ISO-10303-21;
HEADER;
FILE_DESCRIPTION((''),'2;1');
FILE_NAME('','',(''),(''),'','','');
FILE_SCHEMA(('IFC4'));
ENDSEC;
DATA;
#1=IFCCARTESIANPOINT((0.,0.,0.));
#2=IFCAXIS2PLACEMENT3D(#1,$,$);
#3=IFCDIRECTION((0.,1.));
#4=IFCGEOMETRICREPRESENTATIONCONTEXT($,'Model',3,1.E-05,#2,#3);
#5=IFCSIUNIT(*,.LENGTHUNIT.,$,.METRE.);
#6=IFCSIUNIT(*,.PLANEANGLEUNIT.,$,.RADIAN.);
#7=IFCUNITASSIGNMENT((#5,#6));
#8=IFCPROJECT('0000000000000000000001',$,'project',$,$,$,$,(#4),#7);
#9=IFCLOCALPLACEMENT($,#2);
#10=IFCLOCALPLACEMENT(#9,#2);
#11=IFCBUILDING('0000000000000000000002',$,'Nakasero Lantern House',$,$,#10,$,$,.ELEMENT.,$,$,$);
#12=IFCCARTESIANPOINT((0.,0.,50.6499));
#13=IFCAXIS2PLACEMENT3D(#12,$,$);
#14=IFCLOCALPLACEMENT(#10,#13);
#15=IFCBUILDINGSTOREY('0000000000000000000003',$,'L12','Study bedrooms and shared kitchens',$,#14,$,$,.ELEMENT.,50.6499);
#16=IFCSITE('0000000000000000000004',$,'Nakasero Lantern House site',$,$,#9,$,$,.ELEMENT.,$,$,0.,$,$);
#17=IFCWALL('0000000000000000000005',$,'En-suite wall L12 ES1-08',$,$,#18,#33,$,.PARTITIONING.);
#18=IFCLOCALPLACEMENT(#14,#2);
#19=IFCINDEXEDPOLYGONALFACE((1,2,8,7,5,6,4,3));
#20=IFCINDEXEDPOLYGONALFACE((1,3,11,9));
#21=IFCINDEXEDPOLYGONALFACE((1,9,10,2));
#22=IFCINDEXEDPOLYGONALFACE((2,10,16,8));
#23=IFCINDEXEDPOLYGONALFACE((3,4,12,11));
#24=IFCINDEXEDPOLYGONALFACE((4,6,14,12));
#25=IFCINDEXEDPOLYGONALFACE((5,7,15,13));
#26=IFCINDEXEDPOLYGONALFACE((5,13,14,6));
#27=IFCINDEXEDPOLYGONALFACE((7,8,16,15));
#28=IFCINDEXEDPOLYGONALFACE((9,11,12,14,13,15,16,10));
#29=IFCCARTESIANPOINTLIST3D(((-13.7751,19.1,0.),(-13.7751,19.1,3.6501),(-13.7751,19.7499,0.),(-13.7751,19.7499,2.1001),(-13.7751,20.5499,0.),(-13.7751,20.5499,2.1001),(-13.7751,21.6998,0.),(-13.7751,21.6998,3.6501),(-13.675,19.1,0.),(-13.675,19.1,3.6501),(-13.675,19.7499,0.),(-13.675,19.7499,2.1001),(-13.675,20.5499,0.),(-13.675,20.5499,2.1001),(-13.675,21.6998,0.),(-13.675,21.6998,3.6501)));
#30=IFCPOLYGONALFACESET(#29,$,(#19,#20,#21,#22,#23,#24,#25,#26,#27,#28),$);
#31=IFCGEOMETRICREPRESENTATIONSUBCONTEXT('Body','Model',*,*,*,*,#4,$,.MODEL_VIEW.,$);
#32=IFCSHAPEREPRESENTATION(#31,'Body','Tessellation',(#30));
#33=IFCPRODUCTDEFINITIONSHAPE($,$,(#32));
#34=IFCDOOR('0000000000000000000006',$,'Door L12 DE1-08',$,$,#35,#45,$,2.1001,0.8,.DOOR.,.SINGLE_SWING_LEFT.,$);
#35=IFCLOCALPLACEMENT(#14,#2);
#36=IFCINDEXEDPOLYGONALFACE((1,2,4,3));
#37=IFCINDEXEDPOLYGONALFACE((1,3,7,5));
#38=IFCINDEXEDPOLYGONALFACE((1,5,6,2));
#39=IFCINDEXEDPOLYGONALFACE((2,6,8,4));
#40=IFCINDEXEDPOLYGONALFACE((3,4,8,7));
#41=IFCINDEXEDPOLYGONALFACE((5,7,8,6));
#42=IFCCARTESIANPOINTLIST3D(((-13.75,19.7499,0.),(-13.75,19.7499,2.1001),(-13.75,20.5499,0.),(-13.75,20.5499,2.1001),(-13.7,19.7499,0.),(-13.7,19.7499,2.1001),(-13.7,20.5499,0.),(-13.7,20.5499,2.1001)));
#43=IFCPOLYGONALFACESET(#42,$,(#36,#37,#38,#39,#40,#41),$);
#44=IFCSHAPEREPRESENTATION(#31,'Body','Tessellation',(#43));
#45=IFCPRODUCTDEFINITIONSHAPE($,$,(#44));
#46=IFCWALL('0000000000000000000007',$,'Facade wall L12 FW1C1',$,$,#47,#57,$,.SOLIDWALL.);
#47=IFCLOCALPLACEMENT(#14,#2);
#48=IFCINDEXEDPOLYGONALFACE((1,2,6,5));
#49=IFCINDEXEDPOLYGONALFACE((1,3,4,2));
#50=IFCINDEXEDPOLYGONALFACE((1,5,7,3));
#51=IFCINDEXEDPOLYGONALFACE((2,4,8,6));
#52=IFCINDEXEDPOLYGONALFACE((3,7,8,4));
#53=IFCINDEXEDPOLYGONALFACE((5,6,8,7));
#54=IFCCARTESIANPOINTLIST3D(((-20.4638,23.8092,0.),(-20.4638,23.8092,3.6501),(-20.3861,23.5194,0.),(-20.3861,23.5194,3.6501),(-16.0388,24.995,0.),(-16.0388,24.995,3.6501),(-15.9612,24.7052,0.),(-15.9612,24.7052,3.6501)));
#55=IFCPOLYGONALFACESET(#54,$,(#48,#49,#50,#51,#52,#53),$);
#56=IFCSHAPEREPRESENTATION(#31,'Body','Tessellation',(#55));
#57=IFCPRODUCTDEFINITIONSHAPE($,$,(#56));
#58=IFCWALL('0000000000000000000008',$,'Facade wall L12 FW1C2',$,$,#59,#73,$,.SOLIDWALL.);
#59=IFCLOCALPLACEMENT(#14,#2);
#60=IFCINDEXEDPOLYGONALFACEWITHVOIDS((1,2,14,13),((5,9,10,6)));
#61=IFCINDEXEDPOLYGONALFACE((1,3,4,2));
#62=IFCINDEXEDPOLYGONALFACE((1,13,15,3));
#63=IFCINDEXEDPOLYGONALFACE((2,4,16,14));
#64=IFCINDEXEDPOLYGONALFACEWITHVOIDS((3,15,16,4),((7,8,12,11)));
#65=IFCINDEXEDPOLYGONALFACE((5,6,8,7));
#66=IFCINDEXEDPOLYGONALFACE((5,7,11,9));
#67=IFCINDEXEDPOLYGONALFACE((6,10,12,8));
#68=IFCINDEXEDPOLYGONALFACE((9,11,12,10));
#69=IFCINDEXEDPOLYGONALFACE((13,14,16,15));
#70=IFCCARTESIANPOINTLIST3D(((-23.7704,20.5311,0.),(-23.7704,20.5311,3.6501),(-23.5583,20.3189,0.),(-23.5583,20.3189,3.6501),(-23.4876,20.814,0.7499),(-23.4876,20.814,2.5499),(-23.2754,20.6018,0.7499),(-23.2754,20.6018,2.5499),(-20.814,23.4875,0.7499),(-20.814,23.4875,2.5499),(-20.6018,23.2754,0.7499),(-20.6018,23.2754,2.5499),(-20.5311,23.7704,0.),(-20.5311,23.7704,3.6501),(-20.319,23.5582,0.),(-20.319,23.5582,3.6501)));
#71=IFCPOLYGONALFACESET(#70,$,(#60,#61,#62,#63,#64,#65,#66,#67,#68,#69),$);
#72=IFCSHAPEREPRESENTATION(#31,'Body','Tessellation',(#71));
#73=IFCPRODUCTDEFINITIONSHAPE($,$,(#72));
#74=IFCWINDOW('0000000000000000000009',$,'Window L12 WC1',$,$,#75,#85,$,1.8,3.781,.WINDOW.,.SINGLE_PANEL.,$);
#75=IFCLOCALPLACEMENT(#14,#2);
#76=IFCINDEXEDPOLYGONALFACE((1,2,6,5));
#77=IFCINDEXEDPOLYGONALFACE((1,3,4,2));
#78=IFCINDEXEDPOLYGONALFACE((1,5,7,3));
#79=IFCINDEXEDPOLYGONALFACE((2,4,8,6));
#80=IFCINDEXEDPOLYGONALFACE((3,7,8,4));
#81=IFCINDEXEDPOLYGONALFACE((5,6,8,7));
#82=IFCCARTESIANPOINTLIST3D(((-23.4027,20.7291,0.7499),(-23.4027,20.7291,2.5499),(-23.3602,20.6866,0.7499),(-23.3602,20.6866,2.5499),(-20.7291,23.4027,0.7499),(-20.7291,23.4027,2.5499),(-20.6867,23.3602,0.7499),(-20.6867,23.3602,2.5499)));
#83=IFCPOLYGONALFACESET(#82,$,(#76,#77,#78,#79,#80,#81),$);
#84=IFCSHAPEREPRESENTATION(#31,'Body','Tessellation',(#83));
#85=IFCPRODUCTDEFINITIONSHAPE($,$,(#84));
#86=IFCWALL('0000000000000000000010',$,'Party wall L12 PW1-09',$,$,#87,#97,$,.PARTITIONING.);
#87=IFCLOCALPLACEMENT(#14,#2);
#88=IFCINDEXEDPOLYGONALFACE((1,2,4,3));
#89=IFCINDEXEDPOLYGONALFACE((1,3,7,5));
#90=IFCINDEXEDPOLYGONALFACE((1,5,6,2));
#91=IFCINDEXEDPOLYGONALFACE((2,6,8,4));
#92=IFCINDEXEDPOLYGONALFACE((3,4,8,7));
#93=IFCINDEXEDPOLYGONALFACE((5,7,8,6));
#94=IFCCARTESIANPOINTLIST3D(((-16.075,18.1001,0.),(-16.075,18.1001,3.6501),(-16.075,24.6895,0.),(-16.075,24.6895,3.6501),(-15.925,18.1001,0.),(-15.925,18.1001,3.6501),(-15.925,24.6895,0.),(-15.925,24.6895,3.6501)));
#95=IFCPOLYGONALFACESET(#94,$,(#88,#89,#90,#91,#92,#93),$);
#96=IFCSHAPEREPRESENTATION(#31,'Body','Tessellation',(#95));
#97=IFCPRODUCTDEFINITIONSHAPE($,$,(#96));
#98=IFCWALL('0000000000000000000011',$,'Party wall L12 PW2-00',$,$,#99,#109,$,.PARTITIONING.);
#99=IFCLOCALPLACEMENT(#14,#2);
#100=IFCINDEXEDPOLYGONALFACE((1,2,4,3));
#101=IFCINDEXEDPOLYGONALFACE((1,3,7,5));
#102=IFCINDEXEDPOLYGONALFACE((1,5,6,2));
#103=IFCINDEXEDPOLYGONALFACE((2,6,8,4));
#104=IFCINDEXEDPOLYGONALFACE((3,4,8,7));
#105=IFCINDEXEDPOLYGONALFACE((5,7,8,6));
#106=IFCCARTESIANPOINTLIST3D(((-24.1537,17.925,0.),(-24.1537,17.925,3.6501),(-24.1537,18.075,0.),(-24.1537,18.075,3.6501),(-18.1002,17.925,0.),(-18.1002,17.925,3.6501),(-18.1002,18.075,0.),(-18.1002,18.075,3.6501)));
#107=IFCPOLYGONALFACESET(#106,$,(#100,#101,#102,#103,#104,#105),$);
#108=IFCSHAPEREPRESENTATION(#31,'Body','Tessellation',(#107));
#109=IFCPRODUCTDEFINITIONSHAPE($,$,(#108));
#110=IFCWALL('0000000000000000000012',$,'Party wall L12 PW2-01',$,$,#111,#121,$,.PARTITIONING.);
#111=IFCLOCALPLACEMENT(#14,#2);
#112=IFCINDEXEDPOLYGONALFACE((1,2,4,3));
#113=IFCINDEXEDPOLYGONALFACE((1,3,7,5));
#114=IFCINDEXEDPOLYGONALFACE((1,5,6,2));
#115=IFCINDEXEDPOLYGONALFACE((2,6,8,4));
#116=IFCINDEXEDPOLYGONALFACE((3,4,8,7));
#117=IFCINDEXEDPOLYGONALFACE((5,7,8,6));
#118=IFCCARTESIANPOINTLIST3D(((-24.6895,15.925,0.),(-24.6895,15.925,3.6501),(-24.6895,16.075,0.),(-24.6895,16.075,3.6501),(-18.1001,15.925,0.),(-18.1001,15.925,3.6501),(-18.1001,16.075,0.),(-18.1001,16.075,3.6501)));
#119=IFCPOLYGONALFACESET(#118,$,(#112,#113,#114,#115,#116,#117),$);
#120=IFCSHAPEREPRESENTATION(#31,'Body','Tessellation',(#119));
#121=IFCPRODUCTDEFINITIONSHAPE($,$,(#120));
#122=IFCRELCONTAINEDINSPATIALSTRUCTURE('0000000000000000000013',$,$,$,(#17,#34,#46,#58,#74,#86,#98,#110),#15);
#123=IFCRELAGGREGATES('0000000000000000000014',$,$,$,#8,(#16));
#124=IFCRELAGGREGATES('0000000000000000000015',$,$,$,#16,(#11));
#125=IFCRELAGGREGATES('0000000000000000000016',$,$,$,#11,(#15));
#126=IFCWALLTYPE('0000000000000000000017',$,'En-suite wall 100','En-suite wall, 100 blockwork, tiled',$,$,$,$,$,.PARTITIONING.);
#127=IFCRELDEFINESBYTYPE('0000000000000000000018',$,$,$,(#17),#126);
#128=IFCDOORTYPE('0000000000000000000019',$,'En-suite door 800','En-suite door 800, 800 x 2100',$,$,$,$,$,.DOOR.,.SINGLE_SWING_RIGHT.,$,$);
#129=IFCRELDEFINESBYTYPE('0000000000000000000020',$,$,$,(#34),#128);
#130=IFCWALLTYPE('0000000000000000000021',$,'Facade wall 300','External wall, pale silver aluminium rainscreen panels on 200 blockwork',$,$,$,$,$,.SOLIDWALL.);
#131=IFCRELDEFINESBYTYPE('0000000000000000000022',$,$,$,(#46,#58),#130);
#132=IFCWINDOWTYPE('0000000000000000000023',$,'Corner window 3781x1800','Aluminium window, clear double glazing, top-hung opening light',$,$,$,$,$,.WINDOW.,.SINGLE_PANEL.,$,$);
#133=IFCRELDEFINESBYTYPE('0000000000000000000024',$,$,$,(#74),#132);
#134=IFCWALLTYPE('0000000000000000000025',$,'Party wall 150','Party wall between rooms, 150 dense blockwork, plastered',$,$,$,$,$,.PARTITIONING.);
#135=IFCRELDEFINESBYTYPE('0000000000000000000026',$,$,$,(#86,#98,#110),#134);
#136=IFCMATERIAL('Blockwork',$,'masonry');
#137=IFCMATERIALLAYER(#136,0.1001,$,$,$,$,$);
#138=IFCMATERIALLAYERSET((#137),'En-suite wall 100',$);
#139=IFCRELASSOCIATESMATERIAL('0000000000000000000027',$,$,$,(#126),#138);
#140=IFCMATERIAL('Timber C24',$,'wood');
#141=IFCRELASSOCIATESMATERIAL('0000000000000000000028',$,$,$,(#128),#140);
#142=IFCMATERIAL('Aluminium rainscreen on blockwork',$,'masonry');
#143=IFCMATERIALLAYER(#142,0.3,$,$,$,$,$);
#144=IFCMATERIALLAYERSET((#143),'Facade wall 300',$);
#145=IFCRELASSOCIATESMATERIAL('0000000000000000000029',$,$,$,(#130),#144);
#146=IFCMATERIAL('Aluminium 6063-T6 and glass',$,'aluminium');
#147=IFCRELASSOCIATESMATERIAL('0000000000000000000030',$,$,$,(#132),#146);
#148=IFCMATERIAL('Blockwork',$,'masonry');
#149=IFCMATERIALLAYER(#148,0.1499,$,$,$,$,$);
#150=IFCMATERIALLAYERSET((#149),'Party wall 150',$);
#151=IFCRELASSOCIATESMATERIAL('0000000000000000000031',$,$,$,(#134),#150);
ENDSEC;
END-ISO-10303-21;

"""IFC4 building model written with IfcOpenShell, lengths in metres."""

from ifc_helpers import new_model, si_unit, direction, frame, frame_2d, origin, place, context, subcontext, project, spatial, rectangle, extrude, material, layer, layer_set, type_object, element, fill, save


model = new_model("IFC4")

# Units and contexts
model_context = context("Model", 3, precision=1e-05, world=origin(), true_north=direction((0.0, 1.0)))
body_context = subcontext(model_context, "Body", "Model", "MODEL_VIEW")
ifc_project = project(units=[si_unit("LENGTHUNIT", "METRE"), si_unit("PLANEANGLEUNIT", "RADIAN")], contexts=[model_context])

# Site, building, storey
site_placement = place(None, origin())
site = spatial("IfcSite", under=ifc_project, at=site_placement, Name="Nakasero Lantern House site", CompositionType="ELEMENT", RefElevation=0.0)
building_placement = place(site_placement, origin())
building = spatial("IfcBuilding", under=site, at=building_placement, Name="Nakasero Lantern House", CompositionType="ELEMENT")
storey_placement = place(building_placement, frame((0.0, 0.0, 50.6499)))
storey = spatial("IfcBuildingStorey", under=building, at=storey_placement, Name="L12", Description="Study bedrooms and shared kitchens", CompositionType="ELEMENT", Elevation=50.6499)

# Wall, opening, door
ifc_material_1 = material(Name="Blockwork", Category="masonry")
ifc_layer_1 = layer(ifc_material_1, 0.1001)
ifc_layer_set_1 = layer_set([ifc_layer_1], Name="En-suite wall 100")
wall_type_1 = type_object("IfcWallType", Name="En-suite wall 100", Description="En-suite wall, 100 blockwork, tiled", PredefinedType="PARTITIONING", material=ifc_layer_set_1)
wall_1_placement = place(storey_placement, frame((-13.7251, 19.1001, 0.0), z_axis=(0.0, 0.0, 1.0), x_axis=(0.0, 1.0, 0.0)))
wall_1 = element("IfcWall", 1, at=wall_1_placement, inside=storey, type_object=wall_type_1, Name="En-suite wall L12 ES1-08", PredefinedType="PARTITIONING", context=body_context, shape_type="SweptSolid", body=[
    extrude(rectangle(XDim=2.5999, YDim=0.1001, at=frame_2d((1.2998, 0.0))), origin(), (0.0, 0.0, 1.0), 3.6501),
])
opening_1_placement = place(wall_1_placement, frame((0.6499, 0.0, 0.0)))
opening_1 = element("IfcOpeningElement", 2, at=opening_1_placement, cuts=wall_1, PredefinedType="OPENING", context=body_context, shape_type="SweptSolid", body=[
    extrude(rectangle(XDim=0.8, YDim=2.1001, at=frame_2d((0.3999, 1.05))), frame((0.0, 0.0701, 0.0), z_axis=(0.0, -1.0, 0.0), x_axis=(1.0, 0.0, 0.0)), (0.0, 0.0, 1.0), 0.1401),
])
ifc_material_2 = material(Name="Timber C24", Category="wood")
door_type_1 = type_object("IfcDoorType", Name="En-suite door 800", Description="En-suite door 800, 800 x 2100", OperationType="SINGLE_SWING_RIGHT", PredefinedType="DOOR", material=ifc_material_2)
door_1_placement = place(opening_1_placement, origin())
door_1 = element("IfcDoor", 3, at=door_1_placement, inside=storey, type_object=door_type_1, Name="Door L12 DE1-08", OperationType="SINGLE_SWING_LEFT", OverallHeight=2.1001, OverallWidth=0.8, PredefinedType="DOOR", context=body_context, shape_type="SweptSolid", body=[
    extrude(rectangle(XDim=0.8, YDim=2.1001, at=frame_2d((0.3999, 1.05))), frame((0.0, 0.0249, 0.0), z_axis=(0.0, -1.0, 0.0), x_axis=(1.0, 0.0, 0.0)), (0.0, 0.0, 1.0), 0.05),
])
fill(opening_1, door_1)

# Wall
ifc_material_3 = material(Name="Aluminium rainscreen on blockwork", Category="masonry")
ifc_layer_2 = layer(ifc_material_3, 0.3)
ifc_layer_set_2 = layer_set([ifc_layer_2], Name="Facade wall 300")
wall_type_2 = type_object("IfcWallType", Name="Facade wall 300", Description="External wall, pale silver aluminium rainscreen panels on 200 blockwork", PredefinedType="SOLIDWALL", material=ifc_layer_set_2)
wall_2_placement = place(storey_placement, frame((-16.0, 24.8501, 0.0), z_axis=(0.0, 0.0, 1.0), x_axis=(-0.96592, -0.25884, 0.0)))
element("IfcWall", 4, at=wall_2_placement, inside=storey, type_object=wall_type_2, Name="Facade wall L12 FW1C1", PredefinedType="SOLIDWALL", context=body_context, shape_type="SweptSolid", body=[
    extrude(rectangle(XDim=4.5811, YDim=0.3, at=frame_2d((2.2905, 0.0))), origin(), (0.0, 0.0, 1.0), 3.6501),
])

# Wall, opening, window
wall_3_placement = place(storey_placement, frame((-20.425, 23.6643, 0.0), z_axis=(0.0, 0.0, 1.0), x_axis=(-0.707107, -0.707107, 0.0)))
wall_3 = element("IfcWall", 5, at=wall_3_placement, inside=storey, type_object=wall_type_2, Name="Facade wall L12 FW1C2", PredefinedType="SOLIDWALL", context=body_context, shape_type="SweptSolid", body=[
    extrude(rectangle(XDim=4.5811, YDim=0.3, at=frame_2d((2.2905, 0.0))), origin(), (0.0, 0.0, 1.0), 3.6501),
])
opening_2_placement = place(wall_3_placement, frame((0.3999, 0.0, 0.75)))
opening_2 = element("IfcOpeningElement", 6, at=opening_2_placement, cuts=wall_3, PredefinedType="OPENING", context=body_context, shape_type="SweptSolid", body=[
    extrude(rectangle(XDim=3.781, YDim=1.8, at=frame_2d((1.8906, 0.8999))), frame((0.0, 0.1699, 0.0), z_axis=(0.0, -1.0, 0.0), x_axis=(1.0, 0.0, 0.0)), (0.0, 0.0, 1.0), 0.3401),
])
ifc_material_4 = material(Name="Aluminium 6063-T6 and glass", Category="aluminium")
window_type = type_object("IfcWindowType", Name="Corner window 3781x1800", Description="Aluminium window, clear double glazing, top-hung opening light", PartitioningType="SINGLE_PANEL", PredefinedType="WINDOW", material=ifc_material_4)
window_placement = place(opening_2_placement, origin())
window = element("IfcWindow", 7, at=window_placement, inside=storey, type_object=window_type, Name="Window L12 WC1", OverallHeight=1.8, OverallWidth=3.781, PartitioningType="SINGLE_PANEL", PredefinedType="WINDOW", context=body_context, shape_type="SweptSolid", body=[
    extrude(rectangle(XDim=3.781, YDim=1.8, at=frame_2d((1.8906, 0.8999))), frame((0.0, 0.03, 0.0), z_axis=(0.0, -1.0, 0.0), x_axis=(1.0, 0.0, 0.0)), (0.0, 0.0, 1.0), 0.0601),
])
fill(opening_2, window)

# Walls
ifc_material_5 = material(Name="Blockwork", Category="masonry")
ifc_layer_3 = layer(ifc_material_5, 0.1499)
ifc_layer_set_3 = layer_set([ifc_layer_3], Name="Party wall 150")
wall_type_3 = type_object("IfcWallType", Name="Party wall 150", Description="Party wall between rooms, 150 dense blockwork, plastered", PredefinedType="PARTITIONING", material=ifc_layer_set_3)
wall_4_placement = place(storey_placement, frame((-16.0, 18.1001, 0.0), z_axis=(0.0, 0.0, 1.0), x_axis=(0.0, 1.0, 0.0)))
element("IfcWall", 8, at=wall_4_placement, inside=storey, type_object=wall_type_3, Name="Party wall L12 PW1-09", PredefinedType="PARTITIONING", context=body_context, shape_type="SweptSolid", body=[
    extrude(rectangle(XDim=6.5894, YDim=0.1499, at=frame_2d((3.2947, 0.0))), origin(), (0.0, 0.0, 1.0), 3.6501),
])
wall_5_placement = place(storey_placement, frame((-18.1001, 18.0, 0.0), z_axis=(0.0, 0.0, 1.0), x_axis=(-1.0, 0.0, 0.0)))
element("IfcWall", 9, at=wall_5_placement, inside=storey, type_object=wall_type_3, Name="Party wall L12 PW2-00", PredefinedType="PARTITIONING", context=body_context, shape_type="SweptSolid", body=[
    extrude(rectangle(XDim=6.0535, YDim=0.1499, at=frame_2d((3.0269, 0.0))), origin(), (0.0, 0.0, 1.0), 3.6501),
])
wall_6_placement = place(storey_placement, frame((-18.1001, 16.0, 0.0), z_axis=(0.0, 0.0, 1.0), x_axis=(-1.0, 0.0, 0.0)))
element("IfcWall", 10, at=wall_6_placement, inside=storey, type_object=wall_type_3, Name="Party wall L12 PW2-01", PredefinedType="PARTITIONING", context=body_context, shape_type="SweptSolid", body=[
    extrude(rectangle(XDim=6.5894, YDim=0.1499, at=frame_2d((3.2947, 0.0))), origin(), (0.0, 0.0, 1.0), 3.6501),
])

save(model, "model.ifc")
